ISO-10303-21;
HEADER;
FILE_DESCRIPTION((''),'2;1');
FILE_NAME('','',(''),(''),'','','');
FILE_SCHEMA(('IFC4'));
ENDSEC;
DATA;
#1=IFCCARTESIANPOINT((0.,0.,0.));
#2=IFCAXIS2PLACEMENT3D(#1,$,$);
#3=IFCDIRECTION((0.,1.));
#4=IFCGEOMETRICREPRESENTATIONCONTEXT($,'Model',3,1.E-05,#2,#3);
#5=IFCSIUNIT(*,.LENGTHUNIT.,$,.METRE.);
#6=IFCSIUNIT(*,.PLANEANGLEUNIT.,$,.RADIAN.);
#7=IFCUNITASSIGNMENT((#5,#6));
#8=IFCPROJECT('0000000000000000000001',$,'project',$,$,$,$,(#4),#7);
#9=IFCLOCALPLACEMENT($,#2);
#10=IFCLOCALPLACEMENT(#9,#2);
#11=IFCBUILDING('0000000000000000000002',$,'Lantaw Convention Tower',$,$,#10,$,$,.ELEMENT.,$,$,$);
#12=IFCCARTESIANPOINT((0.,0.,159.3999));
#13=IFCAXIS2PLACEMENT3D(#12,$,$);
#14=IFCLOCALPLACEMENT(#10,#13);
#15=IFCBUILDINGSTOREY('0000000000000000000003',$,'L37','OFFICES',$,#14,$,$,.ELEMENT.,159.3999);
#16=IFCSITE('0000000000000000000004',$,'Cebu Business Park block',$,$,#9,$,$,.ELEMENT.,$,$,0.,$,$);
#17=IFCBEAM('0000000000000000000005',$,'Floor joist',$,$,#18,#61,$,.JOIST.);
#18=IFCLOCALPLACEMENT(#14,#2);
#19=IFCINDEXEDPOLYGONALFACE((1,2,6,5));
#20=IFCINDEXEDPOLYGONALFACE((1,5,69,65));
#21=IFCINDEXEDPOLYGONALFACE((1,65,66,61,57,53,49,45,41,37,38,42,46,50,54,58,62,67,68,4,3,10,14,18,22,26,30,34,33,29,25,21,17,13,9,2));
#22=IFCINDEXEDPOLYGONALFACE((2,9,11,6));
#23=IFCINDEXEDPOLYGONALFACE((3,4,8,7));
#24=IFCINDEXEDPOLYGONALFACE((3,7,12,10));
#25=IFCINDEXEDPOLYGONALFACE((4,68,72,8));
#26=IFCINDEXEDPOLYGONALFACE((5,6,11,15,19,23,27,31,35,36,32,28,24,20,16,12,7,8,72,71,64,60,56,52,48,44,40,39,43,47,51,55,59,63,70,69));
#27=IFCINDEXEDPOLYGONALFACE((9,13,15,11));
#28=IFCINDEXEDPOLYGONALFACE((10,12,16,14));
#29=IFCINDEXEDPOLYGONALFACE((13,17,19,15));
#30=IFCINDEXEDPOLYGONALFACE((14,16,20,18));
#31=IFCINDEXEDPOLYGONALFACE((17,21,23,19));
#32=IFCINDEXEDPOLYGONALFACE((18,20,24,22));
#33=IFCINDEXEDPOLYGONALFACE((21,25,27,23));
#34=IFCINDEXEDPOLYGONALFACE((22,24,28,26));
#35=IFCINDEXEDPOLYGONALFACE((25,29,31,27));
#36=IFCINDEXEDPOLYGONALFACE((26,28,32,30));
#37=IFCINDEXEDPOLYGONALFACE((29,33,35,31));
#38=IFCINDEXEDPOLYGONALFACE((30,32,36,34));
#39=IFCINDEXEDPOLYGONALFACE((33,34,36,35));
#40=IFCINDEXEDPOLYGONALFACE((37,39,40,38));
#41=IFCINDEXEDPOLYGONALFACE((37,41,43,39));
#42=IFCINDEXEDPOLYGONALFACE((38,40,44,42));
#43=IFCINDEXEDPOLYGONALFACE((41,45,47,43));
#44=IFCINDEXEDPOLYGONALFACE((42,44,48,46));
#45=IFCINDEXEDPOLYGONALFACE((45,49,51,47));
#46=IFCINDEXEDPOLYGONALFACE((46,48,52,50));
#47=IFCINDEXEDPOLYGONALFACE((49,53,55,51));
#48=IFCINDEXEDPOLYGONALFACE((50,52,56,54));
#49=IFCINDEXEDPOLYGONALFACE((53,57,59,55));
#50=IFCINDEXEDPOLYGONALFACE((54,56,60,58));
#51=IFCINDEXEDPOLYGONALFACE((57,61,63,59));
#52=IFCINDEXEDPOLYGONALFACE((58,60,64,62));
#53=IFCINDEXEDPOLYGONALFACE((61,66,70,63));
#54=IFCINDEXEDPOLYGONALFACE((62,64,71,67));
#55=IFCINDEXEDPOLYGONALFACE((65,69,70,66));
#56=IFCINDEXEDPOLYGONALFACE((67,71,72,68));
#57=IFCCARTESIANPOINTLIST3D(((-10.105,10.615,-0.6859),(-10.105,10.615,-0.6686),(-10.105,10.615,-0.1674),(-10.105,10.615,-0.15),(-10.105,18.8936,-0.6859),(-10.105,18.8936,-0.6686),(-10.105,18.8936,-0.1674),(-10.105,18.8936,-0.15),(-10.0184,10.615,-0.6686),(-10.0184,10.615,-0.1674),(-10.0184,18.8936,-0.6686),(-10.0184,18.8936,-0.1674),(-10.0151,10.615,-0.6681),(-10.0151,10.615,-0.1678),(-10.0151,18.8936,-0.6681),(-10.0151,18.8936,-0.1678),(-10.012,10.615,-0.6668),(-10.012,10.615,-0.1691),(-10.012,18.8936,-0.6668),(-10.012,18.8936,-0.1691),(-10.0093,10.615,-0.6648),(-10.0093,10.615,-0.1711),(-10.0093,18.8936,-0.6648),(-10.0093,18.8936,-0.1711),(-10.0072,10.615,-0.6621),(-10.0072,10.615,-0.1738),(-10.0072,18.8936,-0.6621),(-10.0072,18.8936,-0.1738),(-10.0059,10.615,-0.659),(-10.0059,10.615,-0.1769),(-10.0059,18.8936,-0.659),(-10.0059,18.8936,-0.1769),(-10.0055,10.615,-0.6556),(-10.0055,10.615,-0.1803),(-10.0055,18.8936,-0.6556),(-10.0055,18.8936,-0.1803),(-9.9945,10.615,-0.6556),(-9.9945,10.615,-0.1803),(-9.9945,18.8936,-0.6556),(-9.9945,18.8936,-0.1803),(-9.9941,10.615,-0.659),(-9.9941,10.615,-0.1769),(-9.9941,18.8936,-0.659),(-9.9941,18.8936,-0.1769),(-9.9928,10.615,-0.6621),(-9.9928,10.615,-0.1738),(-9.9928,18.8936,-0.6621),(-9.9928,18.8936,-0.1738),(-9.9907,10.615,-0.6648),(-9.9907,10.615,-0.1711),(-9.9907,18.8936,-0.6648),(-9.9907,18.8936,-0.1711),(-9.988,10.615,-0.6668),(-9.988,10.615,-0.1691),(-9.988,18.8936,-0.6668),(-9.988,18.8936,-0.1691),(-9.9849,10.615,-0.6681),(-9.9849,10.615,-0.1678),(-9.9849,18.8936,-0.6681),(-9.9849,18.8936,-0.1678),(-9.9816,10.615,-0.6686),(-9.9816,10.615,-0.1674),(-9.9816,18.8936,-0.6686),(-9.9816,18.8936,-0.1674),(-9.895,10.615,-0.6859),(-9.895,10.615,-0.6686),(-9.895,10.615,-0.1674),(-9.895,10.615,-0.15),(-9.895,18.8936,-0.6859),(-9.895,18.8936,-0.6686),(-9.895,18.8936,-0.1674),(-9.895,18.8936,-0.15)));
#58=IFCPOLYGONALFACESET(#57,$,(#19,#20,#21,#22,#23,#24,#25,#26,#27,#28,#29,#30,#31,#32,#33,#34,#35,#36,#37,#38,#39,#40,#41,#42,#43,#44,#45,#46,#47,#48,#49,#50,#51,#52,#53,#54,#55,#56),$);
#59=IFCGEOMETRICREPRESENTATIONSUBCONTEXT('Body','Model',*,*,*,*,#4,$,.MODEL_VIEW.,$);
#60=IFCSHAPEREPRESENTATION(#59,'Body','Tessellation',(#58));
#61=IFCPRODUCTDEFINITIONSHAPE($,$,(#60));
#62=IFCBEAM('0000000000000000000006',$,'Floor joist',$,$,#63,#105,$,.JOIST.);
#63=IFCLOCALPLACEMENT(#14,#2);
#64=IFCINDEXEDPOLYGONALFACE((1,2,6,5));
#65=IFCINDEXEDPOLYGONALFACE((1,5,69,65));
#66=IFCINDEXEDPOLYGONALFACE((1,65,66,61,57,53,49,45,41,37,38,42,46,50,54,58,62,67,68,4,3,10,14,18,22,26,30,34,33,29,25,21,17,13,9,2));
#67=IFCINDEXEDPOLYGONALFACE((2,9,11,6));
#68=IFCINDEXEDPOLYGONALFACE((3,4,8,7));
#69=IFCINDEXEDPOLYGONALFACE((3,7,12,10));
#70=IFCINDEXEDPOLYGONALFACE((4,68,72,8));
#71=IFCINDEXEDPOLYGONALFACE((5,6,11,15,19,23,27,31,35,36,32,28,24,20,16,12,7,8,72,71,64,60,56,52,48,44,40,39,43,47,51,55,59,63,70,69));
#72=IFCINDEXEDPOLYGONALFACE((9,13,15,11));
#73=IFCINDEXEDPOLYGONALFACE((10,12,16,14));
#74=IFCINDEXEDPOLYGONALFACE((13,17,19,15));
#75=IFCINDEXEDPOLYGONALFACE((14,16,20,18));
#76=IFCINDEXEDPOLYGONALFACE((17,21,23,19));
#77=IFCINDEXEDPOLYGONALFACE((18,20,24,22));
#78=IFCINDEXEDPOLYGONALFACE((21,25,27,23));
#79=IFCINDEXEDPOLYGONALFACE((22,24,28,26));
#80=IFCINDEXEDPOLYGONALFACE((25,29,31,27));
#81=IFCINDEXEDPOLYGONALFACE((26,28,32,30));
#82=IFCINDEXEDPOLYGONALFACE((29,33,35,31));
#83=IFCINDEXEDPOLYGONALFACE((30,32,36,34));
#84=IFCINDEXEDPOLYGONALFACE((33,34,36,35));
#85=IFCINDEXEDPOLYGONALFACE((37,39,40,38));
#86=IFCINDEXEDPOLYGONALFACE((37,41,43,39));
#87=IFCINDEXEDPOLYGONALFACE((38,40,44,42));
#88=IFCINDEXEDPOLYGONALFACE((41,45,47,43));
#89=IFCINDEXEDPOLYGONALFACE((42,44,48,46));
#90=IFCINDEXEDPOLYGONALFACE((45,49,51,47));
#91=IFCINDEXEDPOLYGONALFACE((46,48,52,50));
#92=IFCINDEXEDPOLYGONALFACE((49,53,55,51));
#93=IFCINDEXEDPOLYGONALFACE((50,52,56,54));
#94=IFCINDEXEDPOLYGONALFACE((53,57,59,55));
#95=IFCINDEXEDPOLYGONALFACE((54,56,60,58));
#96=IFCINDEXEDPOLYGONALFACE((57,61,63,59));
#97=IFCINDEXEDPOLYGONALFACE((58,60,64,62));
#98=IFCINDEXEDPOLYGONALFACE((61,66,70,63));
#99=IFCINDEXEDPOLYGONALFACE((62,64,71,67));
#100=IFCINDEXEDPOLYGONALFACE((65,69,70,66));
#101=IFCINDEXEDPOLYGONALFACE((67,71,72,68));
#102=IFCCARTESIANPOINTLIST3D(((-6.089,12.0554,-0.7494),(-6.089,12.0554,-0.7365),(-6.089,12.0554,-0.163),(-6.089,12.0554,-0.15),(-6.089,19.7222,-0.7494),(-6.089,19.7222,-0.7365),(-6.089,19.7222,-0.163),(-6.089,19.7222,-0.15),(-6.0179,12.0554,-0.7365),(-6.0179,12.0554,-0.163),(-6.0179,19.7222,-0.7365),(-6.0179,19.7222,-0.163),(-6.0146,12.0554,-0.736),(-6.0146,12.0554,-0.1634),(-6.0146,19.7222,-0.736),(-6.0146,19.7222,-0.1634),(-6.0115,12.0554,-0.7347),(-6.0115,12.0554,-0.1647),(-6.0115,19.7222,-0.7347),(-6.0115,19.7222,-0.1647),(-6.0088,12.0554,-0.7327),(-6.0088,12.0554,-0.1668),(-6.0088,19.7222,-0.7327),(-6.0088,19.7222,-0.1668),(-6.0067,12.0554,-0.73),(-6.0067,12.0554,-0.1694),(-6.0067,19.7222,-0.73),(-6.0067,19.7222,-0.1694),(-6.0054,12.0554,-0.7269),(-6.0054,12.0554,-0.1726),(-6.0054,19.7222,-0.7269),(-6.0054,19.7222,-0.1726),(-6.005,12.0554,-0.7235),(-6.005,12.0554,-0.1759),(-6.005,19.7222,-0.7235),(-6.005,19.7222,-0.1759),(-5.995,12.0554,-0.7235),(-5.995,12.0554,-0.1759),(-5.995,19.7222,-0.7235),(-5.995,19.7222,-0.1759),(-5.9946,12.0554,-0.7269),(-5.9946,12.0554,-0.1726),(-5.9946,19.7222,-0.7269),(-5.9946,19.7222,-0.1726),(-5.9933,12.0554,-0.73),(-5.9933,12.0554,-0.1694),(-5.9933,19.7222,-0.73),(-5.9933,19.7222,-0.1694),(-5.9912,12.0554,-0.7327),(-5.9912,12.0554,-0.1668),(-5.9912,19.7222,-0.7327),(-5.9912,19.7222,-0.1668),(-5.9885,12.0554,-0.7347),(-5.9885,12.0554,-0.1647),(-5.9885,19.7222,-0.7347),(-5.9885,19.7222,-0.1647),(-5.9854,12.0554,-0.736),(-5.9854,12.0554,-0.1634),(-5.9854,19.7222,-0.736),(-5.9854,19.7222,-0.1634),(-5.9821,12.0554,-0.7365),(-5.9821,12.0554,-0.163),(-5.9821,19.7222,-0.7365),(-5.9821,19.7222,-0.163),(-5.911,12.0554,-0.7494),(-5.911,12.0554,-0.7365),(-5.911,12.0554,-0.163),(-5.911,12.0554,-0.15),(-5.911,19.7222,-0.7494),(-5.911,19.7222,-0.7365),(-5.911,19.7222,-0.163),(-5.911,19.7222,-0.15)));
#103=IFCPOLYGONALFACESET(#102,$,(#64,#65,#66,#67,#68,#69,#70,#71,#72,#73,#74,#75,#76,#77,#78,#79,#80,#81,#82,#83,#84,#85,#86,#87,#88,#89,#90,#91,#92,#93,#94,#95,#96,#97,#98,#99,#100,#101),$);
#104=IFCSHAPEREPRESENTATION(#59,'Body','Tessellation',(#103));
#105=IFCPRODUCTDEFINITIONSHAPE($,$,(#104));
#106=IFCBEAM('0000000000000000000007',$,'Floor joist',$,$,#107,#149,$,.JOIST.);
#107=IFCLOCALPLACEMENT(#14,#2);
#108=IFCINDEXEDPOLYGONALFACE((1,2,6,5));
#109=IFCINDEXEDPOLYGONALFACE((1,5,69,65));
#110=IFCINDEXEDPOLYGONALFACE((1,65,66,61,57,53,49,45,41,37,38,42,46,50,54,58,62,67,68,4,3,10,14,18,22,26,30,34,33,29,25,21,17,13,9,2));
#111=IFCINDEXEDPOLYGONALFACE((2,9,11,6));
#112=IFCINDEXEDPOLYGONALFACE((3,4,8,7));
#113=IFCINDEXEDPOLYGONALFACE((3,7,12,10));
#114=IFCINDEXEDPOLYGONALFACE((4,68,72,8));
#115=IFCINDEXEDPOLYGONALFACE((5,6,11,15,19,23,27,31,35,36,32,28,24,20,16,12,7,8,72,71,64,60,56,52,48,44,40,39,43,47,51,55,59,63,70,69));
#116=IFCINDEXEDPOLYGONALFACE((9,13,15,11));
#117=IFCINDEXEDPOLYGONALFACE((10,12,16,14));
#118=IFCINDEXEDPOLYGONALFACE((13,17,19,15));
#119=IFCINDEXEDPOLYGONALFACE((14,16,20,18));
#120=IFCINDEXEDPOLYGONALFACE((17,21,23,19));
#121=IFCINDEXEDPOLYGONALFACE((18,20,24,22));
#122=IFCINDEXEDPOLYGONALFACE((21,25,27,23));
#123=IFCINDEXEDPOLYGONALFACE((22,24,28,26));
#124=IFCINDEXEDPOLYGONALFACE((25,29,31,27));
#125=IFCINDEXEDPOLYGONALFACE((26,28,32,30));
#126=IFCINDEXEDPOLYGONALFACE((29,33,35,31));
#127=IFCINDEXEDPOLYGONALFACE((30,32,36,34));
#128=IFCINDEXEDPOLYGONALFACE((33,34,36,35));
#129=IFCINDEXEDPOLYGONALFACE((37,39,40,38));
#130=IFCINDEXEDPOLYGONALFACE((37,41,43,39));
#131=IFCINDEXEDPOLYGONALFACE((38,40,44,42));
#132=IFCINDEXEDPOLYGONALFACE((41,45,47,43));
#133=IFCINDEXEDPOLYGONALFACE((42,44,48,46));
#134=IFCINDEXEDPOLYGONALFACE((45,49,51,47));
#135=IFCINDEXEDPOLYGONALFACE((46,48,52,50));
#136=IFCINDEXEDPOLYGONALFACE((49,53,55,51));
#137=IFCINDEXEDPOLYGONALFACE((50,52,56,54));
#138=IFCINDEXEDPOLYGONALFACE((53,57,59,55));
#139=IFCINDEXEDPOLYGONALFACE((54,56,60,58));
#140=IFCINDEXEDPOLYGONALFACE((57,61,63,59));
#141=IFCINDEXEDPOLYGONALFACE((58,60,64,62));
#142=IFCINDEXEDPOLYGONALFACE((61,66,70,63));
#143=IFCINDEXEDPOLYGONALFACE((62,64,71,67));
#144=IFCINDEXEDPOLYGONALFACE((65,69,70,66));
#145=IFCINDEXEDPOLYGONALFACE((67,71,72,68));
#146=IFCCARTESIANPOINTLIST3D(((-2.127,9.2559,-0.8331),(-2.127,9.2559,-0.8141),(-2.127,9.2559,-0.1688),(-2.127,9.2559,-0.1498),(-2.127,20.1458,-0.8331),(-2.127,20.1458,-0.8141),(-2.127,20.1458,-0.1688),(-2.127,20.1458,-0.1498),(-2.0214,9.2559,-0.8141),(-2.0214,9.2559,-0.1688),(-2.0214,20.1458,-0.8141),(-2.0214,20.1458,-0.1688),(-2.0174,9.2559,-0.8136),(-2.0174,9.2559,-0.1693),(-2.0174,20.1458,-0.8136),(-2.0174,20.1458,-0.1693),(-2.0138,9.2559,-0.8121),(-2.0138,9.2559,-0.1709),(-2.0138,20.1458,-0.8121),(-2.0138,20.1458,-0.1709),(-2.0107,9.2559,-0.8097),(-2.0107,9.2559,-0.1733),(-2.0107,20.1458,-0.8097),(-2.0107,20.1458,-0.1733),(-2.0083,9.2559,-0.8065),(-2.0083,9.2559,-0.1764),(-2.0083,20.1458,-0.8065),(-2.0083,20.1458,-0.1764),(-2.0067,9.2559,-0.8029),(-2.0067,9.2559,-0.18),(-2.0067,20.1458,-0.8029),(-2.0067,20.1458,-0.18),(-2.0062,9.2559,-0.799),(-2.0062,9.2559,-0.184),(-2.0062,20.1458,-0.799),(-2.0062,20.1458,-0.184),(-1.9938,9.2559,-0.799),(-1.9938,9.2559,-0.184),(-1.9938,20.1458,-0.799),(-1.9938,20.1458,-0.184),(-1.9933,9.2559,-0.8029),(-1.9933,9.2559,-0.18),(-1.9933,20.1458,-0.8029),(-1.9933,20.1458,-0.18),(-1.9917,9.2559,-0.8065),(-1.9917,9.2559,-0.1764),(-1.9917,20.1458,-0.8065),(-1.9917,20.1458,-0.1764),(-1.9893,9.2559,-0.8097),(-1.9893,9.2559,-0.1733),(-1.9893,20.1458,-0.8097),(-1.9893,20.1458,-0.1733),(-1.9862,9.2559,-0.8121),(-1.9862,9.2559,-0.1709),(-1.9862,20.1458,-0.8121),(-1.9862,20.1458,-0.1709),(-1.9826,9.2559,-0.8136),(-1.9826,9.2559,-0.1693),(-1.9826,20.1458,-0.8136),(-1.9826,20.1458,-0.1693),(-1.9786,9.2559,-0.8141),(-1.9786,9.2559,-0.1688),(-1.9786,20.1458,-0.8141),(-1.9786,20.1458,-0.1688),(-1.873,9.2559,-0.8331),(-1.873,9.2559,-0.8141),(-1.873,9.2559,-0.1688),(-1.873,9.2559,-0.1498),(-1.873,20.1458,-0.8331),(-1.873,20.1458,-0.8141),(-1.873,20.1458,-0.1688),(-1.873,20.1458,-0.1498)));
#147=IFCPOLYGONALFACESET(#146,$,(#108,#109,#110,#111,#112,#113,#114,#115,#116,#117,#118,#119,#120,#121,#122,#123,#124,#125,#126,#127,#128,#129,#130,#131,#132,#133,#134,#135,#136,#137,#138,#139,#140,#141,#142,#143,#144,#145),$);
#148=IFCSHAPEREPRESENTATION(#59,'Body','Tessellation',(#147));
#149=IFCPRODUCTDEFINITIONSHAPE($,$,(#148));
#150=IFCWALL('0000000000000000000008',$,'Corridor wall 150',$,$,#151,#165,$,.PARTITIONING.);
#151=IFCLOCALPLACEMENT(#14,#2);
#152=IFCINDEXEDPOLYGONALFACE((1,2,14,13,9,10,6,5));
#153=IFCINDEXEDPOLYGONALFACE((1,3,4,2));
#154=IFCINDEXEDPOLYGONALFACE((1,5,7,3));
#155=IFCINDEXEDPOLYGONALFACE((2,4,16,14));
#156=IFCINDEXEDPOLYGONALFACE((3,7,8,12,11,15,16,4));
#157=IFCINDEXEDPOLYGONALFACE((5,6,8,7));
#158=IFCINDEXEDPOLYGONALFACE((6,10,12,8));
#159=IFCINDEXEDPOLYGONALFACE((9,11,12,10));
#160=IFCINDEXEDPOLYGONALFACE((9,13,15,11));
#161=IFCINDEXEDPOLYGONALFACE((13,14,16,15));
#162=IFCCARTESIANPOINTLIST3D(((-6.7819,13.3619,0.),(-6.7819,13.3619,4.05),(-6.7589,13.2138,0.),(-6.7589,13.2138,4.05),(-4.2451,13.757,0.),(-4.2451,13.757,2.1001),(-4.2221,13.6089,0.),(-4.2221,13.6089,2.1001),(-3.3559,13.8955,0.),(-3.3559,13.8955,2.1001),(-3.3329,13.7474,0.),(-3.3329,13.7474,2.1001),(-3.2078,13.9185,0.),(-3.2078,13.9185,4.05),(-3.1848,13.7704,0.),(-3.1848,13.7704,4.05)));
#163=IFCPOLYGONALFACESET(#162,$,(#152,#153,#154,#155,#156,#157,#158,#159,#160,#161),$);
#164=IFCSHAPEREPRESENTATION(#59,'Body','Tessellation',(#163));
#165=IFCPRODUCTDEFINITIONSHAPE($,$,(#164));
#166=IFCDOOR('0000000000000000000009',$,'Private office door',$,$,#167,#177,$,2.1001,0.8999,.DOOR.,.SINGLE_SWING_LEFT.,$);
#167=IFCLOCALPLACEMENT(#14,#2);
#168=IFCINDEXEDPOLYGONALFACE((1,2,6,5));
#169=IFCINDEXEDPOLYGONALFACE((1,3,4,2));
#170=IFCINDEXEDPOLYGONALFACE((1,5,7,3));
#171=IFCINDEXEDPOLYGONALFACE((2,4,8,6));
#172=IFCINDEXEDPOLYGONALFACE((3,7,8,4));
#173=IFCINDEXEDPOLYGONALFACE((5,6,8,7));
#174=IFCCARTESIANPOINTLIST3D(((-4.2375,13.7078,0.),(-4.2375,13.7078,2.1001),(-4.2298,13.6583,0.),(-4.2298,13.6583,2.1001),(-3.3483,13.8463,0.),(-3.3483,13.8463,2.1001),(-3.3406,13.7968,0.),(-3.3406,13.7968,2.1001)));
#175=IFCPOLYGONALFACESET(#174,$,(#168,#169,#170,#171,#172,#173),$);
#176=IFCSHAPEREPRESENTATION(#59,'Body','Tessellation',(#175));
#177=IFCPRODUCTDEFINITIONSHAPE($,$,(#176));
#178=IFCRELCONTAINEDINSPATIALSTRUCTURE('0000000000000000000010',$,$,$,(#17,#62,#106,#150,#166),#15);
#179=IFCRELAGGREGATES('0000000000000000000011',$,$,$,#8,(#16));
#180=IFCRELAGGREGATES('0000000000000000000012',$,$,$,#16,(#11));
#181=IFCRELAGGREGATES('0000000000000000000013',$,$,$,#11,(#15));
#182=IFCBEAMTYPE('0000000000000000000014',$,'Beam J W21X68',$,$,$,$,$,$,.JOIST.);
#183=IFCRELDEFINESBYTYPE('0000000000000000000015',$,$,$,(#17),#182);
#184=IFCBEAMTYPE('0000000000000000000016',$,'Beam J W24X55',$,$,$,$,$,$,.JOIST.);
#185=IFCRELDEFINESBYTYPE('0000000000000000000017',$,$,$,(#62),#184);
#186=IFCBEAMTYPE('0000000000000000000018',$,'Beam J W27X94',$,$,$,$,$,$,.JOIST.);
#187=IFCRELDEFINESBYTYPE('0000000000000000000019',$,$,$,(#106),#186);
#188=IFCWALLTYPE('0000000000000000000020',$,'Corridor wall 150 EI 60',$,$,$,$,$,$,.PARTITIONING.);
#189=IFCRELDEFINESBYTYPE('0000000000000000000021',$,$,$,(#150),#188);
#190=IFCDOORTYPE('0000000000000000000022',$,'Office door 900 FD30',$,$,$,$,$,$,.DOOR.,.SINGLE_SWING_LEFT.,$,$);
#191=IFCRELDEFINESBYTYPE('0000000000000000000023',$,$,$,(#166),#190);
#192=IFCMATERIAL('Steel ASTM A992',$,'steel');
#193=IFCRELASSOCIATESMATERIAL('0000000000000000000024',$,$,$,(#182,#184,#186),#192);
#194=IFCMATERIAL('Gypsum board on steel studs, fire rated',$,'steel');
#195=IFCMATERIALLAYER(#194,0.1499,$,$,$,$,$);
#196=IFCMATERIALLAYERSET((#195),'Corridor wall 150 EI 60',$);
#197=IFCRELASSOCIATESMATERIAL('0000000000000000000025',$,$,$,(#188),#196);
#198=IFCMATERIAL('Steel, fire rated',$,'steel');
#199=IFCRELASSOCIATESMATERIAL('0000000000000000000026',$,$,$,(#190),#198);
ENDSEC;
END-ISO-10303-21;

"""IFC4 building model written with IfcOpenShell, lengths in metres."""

from ifc_helpers import new_model, si_unit, direction, frame, frame_2d, origin, origin_2d, place, context, subcontext, project, spatial, rectangle, i_section, extrude, material, layer, layer_set, material_profile, profile_set, type_object, element, fill, save


model = new_model("IFC4")

# Units and contexts
model_context = context("Model", 3, precision=1e-05, world=origin(), true_north=direction((0.0, 1.0)))
body_context = subcontext(model_context, "Body", "Model", "MODEL_VIEW")
ifc_project = project(units=[si_unit("LENGTHUNIT", "METRE"), si_unit("PLANEANGLEUNIT", "RADIAN")], contexts=[model_context])

# Site, building, storey
site_placement = place(None, origin())
site = spatial("IfcSite", under=ifc_project, at=site_placement, Name="Cebu Business Park block", CompositionType="ELEMENT", RefElevation=0.0)
building_placement = place(site_placement, origin())
building = spatial("IfcBuilding", under=site, at=building_placement, Name="Lantaw Convention Tower", CompositionType="ELEMENT")
storey_placement = place(building_placement, frame((0.0, 0.0, 159.3999)))
storey = spatial("IfcBuildingStorey", under=building, at=storey_placement, Name="L37", Description="OFFICES", CompositionType="ELEMENT", Elevation=159.3999)

# Beams
ifc_material_1 = material(Name="Steel ASTM A992", Category="steel")
ifc_material_profile_1 = material_profile(ifc_material_1, i_section(OverallWidth=0.21, OverallDepth=0.5359, WebThickness=0.011, FlangeThickness=0.0173, FilletRadius=0.0129, at=origin_2d()), Name="W21X68")
ifc_profile_set_1 = profile_set([ifc_material_profile_1], Name="Steel ASTM A992")
beam_type_1 = type_object("IfcBeamType", Name="Beam J W21X68", PredefinedType="JOIST", material=ifc_profile_set_1)
beam_1_placement = place(storey_placement, frame((-10.0, 10.615, -0.418), z_axis=(0.0, 1.0, 0.0), x_axis=(-1.0, 0.0, 0.0)))
element("IfcBeam", 1, at=beam_1_placement, inside=storey, type_object=beam_type_1, Name="Floor joist", PredefinedType="JOIST", context=body_context, shape_type="SweptSolid", body=[
    extrude(i_section(OverallWidth=0.21, OverallDepth=0.5359, WebThickness=0.011, FlangeThickness=0.0173, FilletRadius=0.0129, at=origin_2d()), origin(), (0.0, 0.0, 1.0), 8.2786),
])
ifc_material_profile_2 = material_profile(ifc_material_1, i_section(OverallWidth=0.178, OverallDepth=0.5994, WebThickness=0.01, FlangeThickness=0.0129, FilletRadius=0.0129, at=origin_2d()), Name="W24X55")
ifc_profile_set_2 = profile_set([ifc_material_profile_2], Name="Steel ASTM A992")
beam_type_2 = type_object("IfcBeamType", Name="Beam J W24X55", PredefinedType="JOIST", material=ifc_profile_set_2)
beam_2_placement = place(storey_placement, frame((-6.0, 12.0554, -0.4497), z_axis=(0.0, 1.0, 0.0), x_axis=(-1.0, 0.0, 0.0)))
element("IfcBeam", 2, at=beam_2_placement, inside=storey, type_object=beam_type_2, Name="Floor joist", PredefinedType="JOIST", context=body_context, shape_type="SweptSolid", body=[
    extrude(i_section(OverallWidth=0.178, OverallDepth=0.5994, WebThickness=0.01, FlangeThickness=0.0129, FilletRadius=0.0129, at=origin_2d()), origin(), (0.0, 0.0, 1.0), 7.6667),
])
ifc_material_profile_3 = material_profile(ifc_material_1, i_section(OverallWidth=0.2539, OverallDepth=0.6833, WebThickness=0.0125, FlangeThickness=0.019, FilletRadius=0.0151, at=origin_2d()), Name="W27X94")
ifc_profile_set_3 = profile_set([ifc_material_profile_3], Name="Steel ASTM A992")
beam_type_3 = type_object("IfcBeamType", Name="Beam J W27X94", PredefinedType="JOIST", material=ifc_profile_set_3)
beam_3_placement = place(storey_placement, frame((-2.0, 9.2559, -0.4915), z_axis=(0.0, 1.0, 0.0), x_axis=(-1.0, 0.0, 0.0)))
element("IfcBeam", 3, at=beam_3_placement, inside=storey, type_object=beam_type_3, Name="Floor joist", PredefinedType="JOIST", context=body_context, shape_type="SweptSolid", body=[
    extrude(i_section(OverallWidth=0.2539, OverallDepth=0.6833, WebThickness=0.0125, FlangeThickness=0.019, FilletRadius=0.0151, at=origin_2d()), origin(), (0.0, 0.0, 1.0), 10.8899),
])

# Wall, opening, door
ifc_material_2 = material(Name="Gypsum board on steel studs, fire rated", Category="steel")
ifc_layer_1 = layer(ifc_material_2, 0.1499)
ifc_layer_set_1 = layer_set([ifc_layer_1], Name="Corridor wall 150 EI 60")
wall_type_1 = type_object("IfcWallType", Name="Corridor wall 150 EI 60", PredefinedType="PARTITIONING", material=ifc_layer_set_1)
wall_1_placement = place(storey_placement, frame((-3.1963, 13.8445, 0.0), z_axis=(0.0, 0.0, 1.0), x_axis=(-0.988089, -0.153883, 0.0)))
wall_1 = element("IfcWall", 4, at=wall_1_placement, inside=storey, type_object=wall_type_1, Name="Corridor wall 150", PredefinedType="PARTITIONING", context=body_context, shape_type="SweptSolid", body=[
    extrude(rectangle(XDim=3.6172, YDim=0.1499, at=frame_2d((1.8086, 0.0))), origin(), (0.0, 0.0, 1.0), 4.05),
])
opening_1_placement = place(wall_1_placement, frame((0.1499, 0.0, 0.0)))
opening_1 = element("IfcOpeningElement", 5, at=opening_1_placement, cuts=wall_1, PredefinedType="OPENING", context=body_context, shape_type="SweptSolid", body=[
    extrude(rectangle(XDim=0.8999, YDim=2.1001, at=frame_2d((0.45, 1.05))), frame((0.0, 0.085, 0.0), z_axis=(0.0, -1.0, 0.0), x_axis=(1.0, 0.0, 0.0)), (0.0, 0.0, 1.0), 0.1699),
])
ifc_material_3 = material(Name="Steel, fire rated", Category="steel")
door_type_1 = type_object("IfcDoorType", Name="Office door 900 FD30", OperationType="SINGLE_SWING_LEFT", PredefinedType="DOOR", material=ifc_material_3)
door_1_placement = place(opening_1_placement, origin())
door_1 = element("IfcDoor", 6, at=door_1_placement, inside=storey, type_object=door_type_1, Name="Private office door", OperationType="SINGLE_SWING_LEFT", OverallHeight=2.1001, OverallWidth=0.8999, PredefinedType="DOOR", context=body_context, shape_type="SweptSolid", body=[
    extrude(rectangle(XDim=0.8999, YDim=2.1001, at=frame_2d((0.45, 1.05))), frame((0.0, 0.0249, 0.0), z_axis=(0.0, -1.0, 0.0), x_axis=(1.0, 0.0, 0.0)), (0.0, 0.0, 1.0), 0.05),
])
fill(opening_1, door_1)

save(model, "model.ifc")
